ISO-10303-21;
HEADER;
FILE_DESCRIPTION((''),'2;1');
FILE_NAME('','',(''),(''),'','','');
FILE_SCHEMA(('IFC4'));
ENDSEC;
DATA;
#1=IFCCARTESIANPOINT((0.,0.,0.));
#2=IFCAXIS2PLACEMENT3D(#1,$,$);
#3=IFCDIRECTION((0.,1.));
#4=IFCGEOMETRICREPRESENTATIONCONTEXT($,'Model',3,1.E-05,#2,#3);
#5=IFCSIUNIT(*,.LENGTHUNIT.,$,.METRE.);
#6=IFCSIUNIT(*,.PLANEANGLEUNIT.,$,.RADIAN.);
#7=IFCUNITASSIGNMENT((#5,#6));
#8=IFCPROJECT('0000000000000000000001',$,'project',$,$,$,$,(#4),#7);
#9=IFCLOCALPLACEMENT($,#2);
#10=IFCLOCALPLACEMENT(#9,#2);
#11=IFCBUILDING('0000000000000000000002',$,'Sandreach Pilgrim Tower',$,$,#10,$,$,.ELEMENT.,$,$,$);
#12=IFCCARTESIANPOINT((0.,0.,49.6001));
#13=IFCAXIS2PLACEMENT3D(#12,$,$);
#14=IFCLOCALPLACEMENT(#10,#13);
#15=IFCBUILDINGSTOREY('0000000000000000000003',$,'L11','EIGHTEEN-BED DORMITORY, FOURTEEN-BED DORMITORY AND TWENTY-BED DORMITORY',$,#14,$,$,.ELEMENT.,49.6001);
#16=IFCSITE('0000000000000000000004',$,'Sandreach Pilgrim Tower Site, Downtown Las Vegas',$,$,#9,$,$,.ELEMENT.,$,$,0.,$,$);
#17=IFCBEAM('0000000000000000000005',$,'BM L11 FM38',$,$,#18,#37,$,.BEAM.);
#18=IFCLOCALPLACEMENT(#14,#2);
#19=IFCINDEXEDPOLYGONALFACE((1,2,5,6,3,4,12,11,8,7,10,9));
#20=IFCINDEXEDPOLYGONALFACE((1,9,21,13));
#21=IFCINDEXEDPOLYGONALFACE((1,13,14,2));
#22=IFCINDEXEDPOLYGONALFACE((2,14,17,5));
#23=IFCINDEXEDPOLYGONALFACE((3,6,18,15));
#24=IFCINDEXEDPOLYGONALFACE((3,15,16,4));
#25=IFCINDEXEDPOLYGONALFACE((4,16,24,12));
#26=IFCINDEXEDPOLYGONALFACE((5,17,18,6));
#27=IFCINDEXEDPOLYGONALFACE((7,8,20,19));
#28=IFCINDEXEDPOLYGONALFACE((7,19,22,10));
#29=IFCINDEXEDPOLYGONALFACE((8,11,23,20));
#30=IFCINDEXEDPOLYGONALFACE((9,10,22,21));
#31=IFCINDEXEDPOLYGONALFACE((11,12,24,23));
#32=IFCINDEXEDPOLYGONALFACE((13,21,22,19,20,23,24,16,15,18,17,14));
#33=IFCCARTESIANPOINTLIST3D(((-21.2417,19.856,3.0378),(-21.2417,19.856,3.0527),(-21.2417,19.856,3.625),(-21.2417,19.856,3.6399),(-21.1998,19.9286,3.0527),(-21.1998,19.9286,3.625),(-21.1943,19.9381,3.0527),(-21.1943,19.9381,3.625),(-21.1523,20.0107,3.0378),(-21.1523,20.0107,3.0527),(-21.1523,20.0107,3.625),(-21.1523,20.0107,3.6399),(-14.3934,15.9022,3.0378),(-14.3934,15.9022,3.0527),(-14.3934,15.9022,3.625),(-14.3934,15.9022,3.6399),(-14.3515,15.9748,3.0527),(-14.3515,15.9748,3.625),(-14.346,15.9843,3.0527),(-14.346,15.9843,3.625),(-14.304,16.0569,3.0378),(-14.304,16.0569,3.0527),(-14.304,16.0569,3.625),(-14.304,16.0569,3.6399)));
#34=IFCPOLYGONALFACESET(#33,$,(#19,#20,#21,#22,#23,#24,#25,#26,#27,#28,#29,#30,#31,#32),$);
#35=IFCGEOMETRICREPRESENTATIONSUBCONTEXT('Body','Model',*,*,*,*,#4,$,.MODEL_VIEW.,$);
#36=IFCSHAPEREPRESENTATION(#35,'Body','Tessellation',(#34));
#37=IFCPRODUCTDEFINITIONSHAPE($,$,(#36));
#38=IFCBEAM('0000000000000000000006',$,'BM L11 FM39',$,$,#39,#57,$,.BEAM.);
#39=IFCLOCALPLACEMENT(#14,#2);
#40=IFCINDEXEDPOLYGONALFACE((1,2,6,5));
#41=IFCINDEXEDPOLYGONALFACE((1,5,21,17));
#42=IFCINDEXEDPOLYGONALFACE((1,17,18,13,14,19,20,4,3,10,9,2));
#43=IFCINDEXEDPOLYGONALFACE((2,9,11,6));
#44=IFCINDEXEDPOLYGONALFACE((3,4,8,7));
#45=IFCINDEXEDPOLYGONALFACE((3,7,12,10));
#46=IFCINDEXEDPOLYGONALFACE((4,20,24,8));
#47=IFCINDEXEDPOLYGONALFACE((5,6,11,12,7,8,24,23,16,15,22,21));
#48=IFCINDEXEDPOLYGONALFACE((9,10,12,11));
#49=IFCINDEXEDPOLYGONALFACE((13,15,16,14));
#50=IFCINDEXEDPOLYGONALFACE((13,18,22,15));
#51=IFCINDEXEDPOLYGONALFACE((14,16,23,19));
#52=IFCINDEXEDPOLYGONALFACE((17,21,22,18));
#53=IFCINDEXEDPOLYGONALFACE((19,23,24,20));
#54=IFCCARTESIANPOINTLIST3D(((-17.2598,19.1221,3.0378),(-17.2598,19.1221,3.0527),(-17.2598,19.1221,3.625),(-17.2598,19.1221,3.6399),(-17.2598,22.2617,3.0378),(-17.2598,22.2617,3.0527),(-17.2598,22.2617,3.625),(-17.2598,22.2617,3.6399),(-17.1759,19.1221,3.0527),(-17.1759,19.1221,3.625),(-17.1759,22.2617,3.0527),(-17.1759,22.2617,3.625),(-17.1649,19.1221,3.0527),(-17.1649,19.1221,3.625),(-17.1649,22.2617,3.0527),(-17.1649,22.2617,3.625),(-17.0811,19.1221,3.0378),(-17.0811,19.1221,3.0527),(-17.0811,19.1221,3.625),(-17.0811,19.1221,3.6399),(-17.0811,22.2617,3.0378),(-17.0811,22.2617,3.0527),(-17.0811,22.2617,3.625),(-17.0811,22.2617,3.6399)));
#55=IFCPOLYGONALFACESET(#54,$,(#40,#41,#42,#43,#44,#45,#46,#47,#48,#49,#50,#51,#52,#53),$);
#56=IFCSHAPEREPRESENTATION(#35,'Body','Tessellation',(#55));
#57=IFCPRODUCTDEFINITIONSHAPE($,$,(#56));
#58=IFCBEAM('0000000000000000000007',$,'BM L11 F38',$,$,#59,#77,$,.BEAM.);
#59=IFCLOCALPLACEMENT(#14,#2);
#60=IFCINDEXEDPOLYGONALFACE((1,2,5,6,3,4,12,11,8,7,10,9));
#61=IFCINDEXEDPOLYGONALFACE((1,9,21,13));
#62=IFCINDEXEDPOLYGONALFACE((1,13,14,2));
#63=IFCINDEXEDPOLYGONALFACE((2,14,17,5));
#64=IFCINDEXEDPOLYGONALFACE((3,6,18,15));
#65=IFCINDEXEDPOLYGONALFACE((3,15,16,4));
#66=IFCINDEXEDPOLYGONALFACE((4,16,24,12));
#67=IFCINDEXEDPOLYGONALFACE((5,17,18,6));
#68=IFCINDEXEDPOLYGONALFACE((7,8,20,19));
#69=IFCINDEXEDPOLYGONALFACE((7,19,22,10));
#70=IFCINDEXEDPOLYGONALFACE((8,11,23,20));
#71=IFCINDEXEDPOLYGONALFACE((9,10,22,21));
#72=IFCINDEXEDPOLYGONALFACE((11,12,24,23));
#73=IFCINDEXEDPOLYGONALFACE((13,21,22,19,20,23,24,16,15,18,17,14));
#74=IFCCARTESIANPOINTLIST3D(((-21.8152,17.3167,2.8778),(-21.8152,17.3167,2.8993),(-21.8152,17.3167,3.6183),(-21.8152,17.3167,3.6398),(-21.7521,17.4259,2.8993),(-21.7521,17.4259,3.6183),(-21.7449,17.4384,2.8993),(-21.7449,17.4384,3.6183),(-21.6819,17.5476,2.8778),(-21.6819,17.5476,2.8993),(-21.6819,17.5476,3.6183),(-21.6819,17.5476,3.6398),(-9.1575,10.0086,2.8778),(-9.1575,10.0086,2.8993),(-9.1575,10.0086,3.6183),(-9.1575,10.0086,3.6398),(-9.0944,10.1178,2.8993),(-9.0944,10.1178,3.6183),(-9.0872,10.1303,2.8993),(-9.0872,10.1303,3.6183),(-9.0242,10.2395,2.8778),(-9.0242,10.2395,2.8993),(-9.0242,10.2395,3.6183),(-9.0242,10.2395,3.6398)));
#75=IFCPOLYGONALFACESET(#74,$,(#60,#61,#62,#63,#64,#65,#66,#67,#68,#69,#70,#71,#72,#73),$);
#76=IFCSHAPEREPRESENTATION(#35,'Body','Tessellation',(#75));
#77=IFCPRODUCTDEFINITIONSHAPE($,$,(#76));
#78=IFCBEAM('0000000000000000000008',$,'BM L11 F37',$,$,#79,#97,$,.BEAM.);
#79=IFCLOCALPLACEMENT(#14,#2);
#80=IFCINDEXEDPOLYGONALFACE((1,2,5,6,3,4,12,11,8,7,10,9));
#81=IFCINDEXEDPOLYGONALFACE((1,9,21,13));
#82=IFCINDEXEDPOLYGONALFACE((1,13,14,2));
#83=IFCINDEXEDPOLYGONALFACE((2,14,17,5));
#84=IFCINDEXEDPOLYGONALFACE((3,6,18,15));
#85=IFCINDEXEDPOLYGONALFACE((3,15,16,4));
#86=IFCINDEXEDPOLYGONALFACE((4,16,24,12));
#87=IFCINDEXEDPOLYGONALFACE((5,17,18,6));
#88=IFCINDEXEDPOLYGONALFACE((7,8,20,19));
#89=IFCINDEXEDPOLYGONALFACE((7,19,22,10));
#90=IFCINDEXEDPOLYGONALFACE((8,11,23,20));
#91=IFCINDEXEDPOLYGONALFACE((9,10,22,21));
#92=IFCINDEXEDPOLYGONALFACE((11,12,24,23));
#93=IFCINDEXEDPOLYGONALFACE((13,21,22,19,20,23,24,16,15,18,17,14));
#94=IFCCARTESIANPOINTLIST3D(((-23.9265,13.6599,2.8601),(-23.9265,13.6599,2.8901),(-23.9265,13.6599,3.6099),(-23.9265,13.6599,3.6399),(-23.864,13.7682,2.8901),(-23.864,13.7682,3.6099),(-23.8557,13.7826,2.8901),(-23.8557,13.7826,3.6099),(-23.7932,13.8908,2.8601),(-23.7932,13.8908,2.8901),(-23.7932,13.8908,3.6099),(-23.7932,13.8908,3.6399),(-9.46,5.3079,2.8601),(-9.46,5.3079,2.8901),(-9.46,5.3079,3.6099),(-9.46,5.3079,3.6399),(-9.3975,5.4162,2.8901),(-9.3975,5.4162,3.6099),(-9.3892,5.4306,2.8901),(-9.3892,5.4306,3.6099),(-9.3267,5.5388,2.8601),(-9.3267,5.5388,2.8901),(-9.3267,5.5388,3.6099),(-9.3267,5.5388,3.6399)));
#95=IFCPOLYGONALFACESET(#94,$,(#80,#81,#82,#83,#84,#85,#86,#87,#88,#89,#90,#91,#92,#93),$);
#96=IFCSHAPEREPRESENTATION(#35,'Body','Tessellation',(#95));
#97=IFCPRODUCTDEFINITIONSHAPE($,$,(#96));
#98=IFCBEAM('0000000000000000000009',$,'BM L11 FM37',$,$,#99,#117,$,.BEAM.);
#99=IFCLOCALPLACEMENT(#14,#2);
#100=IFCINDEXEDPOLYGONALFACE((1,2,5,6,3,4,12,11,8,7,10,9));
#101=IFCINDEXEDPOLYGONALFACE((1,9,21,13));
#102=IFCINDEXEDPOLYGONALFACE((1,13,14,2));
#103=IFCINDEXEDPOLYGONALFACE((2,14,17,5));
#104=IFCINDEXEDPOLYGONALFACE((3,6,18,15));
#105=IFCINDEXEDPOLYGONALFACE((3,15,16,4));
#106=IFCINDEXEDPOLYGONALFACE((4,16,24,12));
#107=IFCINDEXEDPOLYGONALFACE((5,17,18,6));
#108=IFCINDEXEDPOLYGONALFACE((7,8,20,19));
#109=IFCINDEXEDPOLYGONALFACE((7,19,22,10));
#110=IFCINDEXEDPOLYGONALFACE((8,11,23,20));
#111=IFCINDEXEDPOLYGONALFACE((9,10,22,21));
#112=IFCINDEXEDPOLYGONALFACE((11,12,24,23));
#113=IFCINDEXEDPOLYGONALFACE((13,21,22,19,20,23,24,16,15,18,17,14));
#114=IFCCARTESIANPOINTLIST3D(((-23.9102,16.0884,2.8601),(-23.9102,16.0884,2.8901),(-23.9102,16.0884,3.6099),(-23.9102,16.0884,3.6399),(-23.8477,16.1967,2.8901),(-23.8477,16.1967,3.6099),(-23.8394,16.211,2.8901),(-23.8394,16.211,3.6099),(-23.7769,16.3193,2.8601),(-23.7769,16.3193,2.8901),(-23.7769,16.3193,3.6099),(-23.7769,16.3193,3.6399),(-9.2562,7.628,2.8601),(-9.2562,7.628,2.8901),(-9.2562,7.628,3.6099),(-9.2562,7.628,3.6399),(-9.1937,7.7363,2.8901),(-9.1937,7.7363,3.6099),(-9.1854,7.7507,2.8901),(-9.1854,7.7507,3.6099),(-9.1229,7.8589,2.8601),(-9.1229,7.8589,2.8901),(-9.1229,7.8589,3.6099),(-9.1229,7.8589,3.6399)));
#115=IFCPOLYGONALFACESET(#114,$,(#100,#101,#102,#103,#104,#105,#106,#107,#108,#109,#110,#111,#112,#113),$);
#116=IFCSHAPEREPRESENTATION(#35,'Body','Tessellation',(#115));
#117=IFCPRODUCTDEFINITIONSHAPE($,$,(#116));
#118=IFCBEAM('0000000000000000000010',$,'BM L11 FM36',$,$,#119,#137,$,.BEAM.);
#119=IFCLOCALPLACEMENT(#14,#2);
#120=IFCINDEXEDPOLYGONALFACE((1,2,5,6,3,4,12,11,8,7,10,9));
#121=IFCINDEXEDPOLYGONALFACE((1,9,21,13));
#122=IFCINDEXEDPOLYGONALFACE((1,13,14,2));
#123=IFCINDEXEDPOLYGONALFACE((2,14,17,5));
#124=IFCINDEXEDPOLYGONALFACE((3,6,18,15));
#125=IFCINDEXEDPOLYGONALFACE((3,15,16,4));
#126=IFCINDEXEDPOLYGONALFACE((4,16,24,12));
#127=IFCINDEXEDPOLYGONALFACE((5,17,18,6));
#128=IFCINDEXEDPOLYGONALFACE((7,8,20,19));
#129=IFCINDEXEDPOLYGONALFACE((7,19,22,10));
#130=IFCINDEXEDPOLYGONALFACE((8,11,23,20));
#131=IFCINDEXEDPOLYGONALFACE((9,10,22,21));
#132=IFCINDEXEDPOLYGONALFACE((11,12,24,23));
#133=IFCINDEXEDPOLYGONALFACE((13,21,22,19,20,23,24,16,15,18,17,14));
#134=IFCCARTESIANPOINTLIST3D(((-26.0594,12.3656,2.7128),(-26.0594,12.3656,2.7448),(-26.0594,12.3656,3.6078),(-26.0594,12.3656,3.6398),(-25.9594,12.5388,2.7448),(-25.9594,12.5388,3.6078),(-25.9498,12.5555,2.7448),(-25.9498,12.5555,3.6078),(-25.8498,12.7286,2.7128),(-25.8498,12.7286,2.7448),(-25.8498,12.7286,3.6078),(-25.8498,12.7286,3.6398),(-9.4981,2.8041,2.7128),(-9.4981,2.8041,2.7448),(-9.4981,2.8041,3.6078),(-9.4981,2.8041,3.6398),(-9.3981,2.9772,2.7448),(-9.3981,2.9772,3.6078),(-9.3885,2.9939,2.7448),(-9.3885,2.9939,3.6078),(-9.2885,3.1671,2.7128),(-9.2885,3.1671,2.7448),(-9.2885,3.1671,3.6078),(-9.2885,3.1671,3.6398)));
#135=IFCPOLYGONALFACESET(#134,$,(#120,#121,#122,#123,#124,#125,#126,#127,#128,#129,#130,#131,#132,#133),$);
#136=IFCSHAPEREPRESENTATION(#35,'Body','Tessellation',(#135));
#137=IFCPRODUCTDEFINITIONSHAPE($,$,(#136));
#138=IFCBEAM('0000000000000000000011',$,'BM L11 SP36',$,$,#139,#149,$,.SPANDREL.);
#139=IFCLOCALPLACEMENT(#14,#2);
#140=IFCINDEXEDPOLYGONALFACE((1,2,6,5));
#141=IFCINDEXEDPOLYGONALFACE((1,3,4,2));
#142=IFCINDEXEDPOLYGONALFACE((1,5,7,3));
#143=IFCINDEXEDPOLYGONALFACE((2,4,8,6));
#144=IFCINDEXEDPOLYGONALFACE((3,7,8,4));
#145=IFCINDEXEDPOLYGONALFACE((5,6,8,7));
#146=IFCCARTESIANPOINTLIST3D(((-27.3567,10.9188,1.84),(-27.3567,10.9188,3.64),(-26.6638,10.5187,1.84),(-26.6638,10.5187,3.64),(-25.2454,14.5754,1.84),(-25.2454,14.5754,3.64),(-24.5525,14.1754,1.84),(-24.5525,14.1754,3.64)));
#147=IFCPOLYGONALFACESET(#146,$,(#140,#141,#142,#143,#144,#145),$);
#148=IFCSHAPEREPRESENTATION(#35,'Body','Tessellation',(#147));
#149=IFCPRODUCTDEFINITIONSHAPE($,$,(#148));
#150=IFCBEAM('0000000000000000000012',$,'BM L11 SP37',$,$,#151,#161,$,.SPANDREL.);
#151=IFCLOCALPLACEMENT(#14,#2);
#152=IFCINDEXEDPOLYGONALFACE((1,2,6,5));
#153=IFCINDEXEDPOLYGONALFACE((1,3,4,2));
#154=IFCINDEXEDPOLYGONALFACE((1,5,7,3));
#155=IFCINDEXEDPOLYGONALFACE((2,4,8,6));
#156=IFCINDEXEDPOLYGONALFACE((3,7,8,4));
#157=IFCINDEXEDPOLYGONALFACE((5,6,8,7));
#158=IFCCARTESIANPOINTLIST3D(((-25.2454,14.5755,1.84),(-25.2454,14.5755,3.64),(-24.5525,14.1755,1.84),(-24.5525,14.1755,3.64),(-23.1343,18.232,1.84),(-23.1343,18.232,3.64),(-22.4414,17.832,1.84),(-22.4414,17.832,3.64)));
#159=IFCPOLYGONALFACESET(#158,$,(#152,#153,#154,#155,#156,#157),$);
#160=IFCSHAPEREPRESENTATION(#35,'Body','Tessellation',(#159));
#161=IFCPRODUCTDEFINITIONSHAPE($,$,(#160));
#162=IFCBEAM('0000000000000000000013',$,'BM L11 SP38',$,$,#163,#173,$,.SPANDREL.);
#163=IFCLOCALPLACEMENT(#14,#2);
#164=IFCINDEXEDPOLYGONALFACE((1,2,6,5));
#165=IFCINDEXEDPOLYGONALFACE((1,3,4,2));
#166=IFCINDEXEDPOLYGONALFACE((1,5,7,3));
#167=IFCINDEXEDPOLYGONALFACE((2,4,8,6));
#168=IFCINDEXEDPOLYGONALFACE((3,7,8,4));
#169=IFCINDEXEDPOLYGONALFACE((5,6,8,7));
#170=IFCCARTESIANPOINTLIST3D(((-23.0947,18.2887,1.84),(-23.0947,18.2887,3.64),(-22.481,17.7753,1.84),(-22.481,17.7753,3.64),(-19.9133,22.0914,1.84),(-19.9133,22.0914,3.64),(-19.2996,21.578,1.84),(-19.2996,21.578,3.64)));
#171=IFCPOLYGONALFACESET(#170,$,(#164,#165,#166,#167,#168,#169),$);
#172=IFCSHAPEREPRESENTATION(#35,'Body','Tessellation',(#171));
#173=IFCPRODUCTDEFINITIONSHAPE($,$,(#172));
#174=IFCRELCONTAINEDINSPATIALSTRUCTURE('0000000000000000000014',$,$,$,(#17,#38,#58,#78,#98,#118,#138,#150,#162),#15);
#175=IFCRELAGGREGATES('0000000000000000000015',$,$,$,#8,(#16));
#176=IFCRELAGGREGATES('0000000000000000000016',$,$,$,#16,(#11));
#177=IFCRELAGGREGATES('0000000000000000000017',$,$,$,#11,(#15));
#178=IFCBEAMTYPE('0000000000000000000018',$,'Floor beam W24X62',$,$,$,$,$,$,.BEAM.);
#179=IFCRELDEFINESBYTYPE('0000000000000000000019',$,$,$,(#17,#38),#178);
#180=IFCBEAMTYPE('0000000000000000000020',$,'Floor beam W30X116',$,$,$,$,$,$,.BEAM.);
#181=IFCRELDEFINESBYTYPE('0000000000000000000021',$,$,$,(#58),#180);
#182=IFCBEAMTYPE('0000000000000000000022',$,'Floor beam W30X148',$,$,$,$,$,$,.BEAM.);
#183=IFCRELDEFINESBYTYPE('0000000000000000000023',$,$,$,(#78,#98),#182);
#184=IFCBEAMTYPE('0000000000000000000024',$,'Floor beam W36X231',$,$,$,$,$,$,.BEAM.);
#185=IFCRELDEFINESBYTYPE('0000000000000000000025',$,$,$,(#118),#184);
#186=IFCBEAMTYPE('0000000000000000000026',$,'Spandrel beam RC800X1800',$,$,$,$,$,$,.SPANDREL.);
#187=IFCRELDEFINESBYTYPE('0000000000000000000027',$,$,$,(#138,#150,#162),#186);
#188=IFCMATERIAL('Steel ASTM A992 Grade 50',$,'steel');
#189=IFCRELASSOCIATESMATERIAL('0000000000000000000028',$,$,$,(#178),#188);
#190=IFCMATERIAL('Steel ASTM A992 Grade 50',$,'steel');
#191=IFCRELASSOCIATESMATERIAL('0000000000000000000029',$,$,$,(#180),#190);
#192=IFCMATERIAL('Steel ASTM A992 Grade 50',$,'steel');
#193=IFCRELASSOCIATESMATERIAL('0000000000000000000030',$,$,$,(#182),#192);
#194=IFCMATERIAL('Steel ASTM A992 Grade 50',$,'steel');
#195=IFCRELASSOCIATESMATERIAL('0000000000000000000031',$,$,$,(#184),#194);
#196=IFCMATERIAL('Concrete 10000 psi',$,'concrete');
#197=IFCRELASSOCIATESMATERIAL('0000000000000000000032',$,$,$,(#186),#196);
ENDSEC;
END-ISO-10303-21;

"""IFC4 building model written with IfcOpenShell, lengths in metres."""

from ifc_helpers import new_model, si_unit, direction, frame, origin, origin_2d, place, context, subcontext, project, spatial, rectangle, i_section, extrude, material, material_profile, profile_set, type_object, element, save


model = new_model("IFC4")

# Units and contexts
model_context = context("Model", 3, precision=1e-05, world=origin(), true_north=direction((0.0, 1.0)))
body_context = subcontext(model_context, "Body", "Model", "MODEL_VIEW")
ifc_project = project(units=[si_unit("LENGTHUNIT", "METRE"), si_unit("PLANEANGLEUNIT", "RADIAN")], contexts=[model_context])

# Site, building, storey
site_placement = place(None, origin())
site = spatial("IfcSite", under=ifc_project, at=site_placement, Name="Sandreach Pilgrim Tower Site, Downtown Las Vegas", CompositionType="ELEMENT", RefElevation=0.0)
building_placement = place(site_placement, origin())
building = spatial("IfcBuilding", under=site, at=building_placement, Name="Sandreach Pilgrim Tower", CompositionType="ELEMENT")
storey_placement = place(building_placement, frame((0.0, 0.0, 49.6001)))
storey = spatial("IfcBuildingStorey", under=building, at=storey_placement, Name="L11", Description="EIGHTEEN-BED DORMITORY, FOURTEEN-BED DORMITORY AND TWENTY-BED DORMITORY", CompositionType="ELEMENT", Elevation=49.6001)

# Beams
ifc_material_1 = material(Name="Steel ASTM A992 Grade 50", Category="steel")
ifc_material_profile_1 = material_profile(ifc_material_1, i_section(OverallWidth=0.1787, OverallDepth=0.6021, WebThickness=0.011, FlangeThickness=0.0149, at=origin_2d()), Name="W24X62")
ifc_profile_set_1 = profile_set([ifc_material_profile_1], Name="Steel ASTM A992 Grade 50")
beam_type_1 = type_object("IfcBeamType", Name="Floor beam W24X62", PredefinedType="BEAM", material=ifc_profile_set_1)
beam_1_placement = place(storey_placement, frame((-21.197, 19.9333, 3.3389), z_axis=(0.866029, -0.499994, 0.0), x_axis=(0.499994, 0.866029, 0.0)))
element("IfcBeam", 1, at=beam_1_placement, inside=storey, type_object=beam_type_1, Name="BM L11 FM38", PredefinedType="BEAM", context=body_context, shape_type="SweptSolid", body=[
    extrude(i_section(OverallWidth=0.1787, OverallDepth=0.6021, WebThickness=0.011, FlangeThickness=0.0149, at=origin_2d()), origin(), (0.0, 0.0, 1.0), 7.9077),
])
beam_2_placement = place(storey_placement, frame((-17.1704, 22.2617, 3.3389), z_axis=(0.0, -1.0, 0.0), x_axis=(1.0, 0.0, 0.0)))
element("IfcBeam", 2, at=beam_2_placement, inside=storey, type_object=beam_type_1, Name="BM L11 FM39", PredefinedType="BEAM", context=body_context, shape_type="SweptSolid", body=[
    extrude(i_section(OverallWidth=0.1787, OverallDepth=0.6021, WebThickness=0.011, FlangeThickness=0.0149, at=origin_2d()), origin(), (0.0, 0.0, 1.0), 3.1396),
])
ifc_material_2 = material(Name="Steel ASTM A992 Grade 50", Category="steel")
ifc_material_profile_2 = material_profile(ifc_material_2, i_section(OverallWidth=0.2666, OverallDepth=0.762, WebThickness=0.0144, FlangeThickness=0.0215, at=origin_2d()), Name="W30X116")
ifc_profile_set_2 = profile_set([ifc_material_profile_2], Name="Steel ASTM A992 Grade 50")
beam_type_2 = type_object("IfcBeamType", Name="Floor beam W30X116", PredefinedType="BEAM", material=ifc_profile_set_2)
beam_3_placement = place(storey_placement, frame((-21.7485, 17.4321, 3.2588), z_axis=(0.86602, -0.500009, 0.0), x_axis=(0.500009, 0.86602, 0.0)))
element("IfcBeam", 3, at=beam_3_placement, inside=storey, type_object=beam_type_2, Name="BM L11 F38", PredefinedType="BEAM", context=body_context, shape_type="SweptSolid", body=[
    extrude(i_section(OverallWidth=0.2666, OverallDepth=0.762, WebThickness=0.0144, FlangeThickness=0.0215, at=origin_2d()), origin(), (0.0, 0.0, 1.0), 14.616),
])
ifc_material_3 = material(Name="Steel ASTM A992 Grade 50", Category="steel")
ifc_material_profile_3 = material_profile(ifc_material_3, i_section(OverallWidth=0.2666, OverallDepth=0.7798, WebThickness=0.0166, FlangeThickness=0.03, at=origin_2d()), Name="W30X148")
ifc_profile_set_3 = profile_set([ifc_material_profile_3], Name="Steel ASTM A992 Grade 50")
beam_type_3 = type_object("IfcBeamType", Name="Floor beam W30X148", PredefinedType="BEAM", material=ifc_profile_set_3)
beam_4_placement = place(storey_placement, frame((-23.8599, 13.7754, 3.25), z_axis=(0.866031, -0.49999, 0.0), x_axis=(0.49999, 0.866031, 0.0)))
element("IfcBeam", 4, at=beam_4_placement, inside=storey, type_object=beam_type_3, Name="BM L11 F37", PredefinedType="BEAM", context=body_context, shape_type="SweptSolid", body=[
    extrude(i_section(OverallWidth=0.2666, OverallDepth=0.7798, WebThickness=0.0166, FlangeThickness=0.03, at=origin_2d()), origin(), (0.0, 0.0, 1.0), 16.7043),
])
beam_5_placement = place(storey_placement, frame((-23.8435, 16.2039, 3.25), z_axis=(0.866027, -0.499997, 0.0), x_axis=(0.499997, 0.866027, 0.0)))
element("IfcBeam", 5, at=beam_5_placement, inside=storey, type_object=beam_type_3, Name="BM L11 FM37", PredefinedType="BEAM", context=body_context, shape_type="SweptSolid", body=[
    extrude(i_section(OverallWidth=0.2666, OverallDepth=0.7798, WebThickness=0.0166, FlangeThickness=0.03, at=origin_2d()), origin(), (0.0, 0.0, 1.0), 16.9209),
])
ifc_material_4 = material(Name="Steel ASTM A992 Grade 50", Category="steel")
ifc_material_profile_4 = material_profile(ifc_material_4, i_section(OverallWidth=0.4192, OverallDepth=0.927, WebThickness=0.0193, FlangeThickness=0.032, at=origin_2d()), Name="W36X231")
ifc_profile_set_4 = profile_set([ifc_material_profile_4], Name="Steel ASTM A992 Grade 50")
beam_type_4 = type_object("IfcBeamType", Name="Floor beam W36X231", PredefinedType="BEAM", material=ifc_profile_set_4)
beam_6_placement = place(storey_placement, frame((-25.9546, 12.5471, 3.1763), z_axis=(0.866028, -0.499995, 0.0), x_axis=(0.499995, 0.866028, 0.0)))
element("IfcBeam", 6, at=beam_6_placement, inside=storey, type_object=beam_type_4, Name="BM L11 FM36", PredefinedType="BEAM", context=body_context, shape_type="SweptSolid", body=[
    extrude(i_section(OverallWidth=0.4192, OverallDepth=0.927, WebThickness=0.0193, FlangeThickness=0.032, at=origin_2d()), origin(), (0.0, 0.0, 1.0), 19.1233),
])
ifc_material_5 = material(Name="Concrete 10000 psi", Category="concrete")
ifc_material_profile_5 = material_profile(ifc_material_5, rectangle(XDim=0.8, YDim=1.8, at=origin_2d()), Name="RC800X1800")
ifc_profile_set_5 = profile_set([ifc_material_profile_5], Name="Concrete 10000 psi")
beam_type_5 = type_object("IfcBeamType", Name="Spandrel beam RC800X1800", PredefinedType="SPANDREL", material=ifc_profile_set_5)
beam_7_placement = place(storey_placement, frame((-27.0103, 10.7188, 2.74), z_axis=(0.500019, 0.866014, 0.0), x_axis=(-0.866014, 0.500019, 0.0)))
element("IfcBeam", 7, at=beam_7_placement, inside=storey, type_object=beam_type_5, Name="BM L11 SP36", PredefinedType="SPANDREL", context=body_context, shape_type="SweptSolid", body=[
    extrude(rectangle(XDim=0.8, YDim=1.8, at=origin_2d()), origin(), (0.0, 0.0, 1.0), 4.2224),
])
beam_8_placement = place(storey_placement, frame((-24.8989, 14.3755, 2.74), z_axis=(0.500001, 0.866025, 0.0), x_axis=(-0.866025, 0.500001, 0.0)))
element("IfcBeam", 8, at=beam_8_placement, inside=storey, type_object=beam_type_5, Name="BM L11 SP37", PredefinedType="SPANDREL", context=body_context, shape_type="SweptSolid", body=[
    extrude(rectangle(XDim=0.8, YDim=1.8, at=origin_2d()), origin(), (0.0, 0.0, 1.0), 4.2222),
])
beam_9_placement = place(storey_placement, frame((-22.7878, 18.032, 2.74), z_axis=(0.641665, 0.766985, 0.0), x_axis=(-0.766985, 0.641665, 0.0)))
element("IfcBeam", 9, at=beam_9_placement, inside=storey, type_object=beam_type_5, Name="BM L11 SP38", PredefinedType="SPANDREL", context=body_context, shape_type="SweptSolid", body=[
    extrude(rectangle(XDim=0.8, YDim=1.8, at=origin_2d()), origin(), (0.0, 0.0, 1.0), 4.958),
])

save(model, "model.ifc")
